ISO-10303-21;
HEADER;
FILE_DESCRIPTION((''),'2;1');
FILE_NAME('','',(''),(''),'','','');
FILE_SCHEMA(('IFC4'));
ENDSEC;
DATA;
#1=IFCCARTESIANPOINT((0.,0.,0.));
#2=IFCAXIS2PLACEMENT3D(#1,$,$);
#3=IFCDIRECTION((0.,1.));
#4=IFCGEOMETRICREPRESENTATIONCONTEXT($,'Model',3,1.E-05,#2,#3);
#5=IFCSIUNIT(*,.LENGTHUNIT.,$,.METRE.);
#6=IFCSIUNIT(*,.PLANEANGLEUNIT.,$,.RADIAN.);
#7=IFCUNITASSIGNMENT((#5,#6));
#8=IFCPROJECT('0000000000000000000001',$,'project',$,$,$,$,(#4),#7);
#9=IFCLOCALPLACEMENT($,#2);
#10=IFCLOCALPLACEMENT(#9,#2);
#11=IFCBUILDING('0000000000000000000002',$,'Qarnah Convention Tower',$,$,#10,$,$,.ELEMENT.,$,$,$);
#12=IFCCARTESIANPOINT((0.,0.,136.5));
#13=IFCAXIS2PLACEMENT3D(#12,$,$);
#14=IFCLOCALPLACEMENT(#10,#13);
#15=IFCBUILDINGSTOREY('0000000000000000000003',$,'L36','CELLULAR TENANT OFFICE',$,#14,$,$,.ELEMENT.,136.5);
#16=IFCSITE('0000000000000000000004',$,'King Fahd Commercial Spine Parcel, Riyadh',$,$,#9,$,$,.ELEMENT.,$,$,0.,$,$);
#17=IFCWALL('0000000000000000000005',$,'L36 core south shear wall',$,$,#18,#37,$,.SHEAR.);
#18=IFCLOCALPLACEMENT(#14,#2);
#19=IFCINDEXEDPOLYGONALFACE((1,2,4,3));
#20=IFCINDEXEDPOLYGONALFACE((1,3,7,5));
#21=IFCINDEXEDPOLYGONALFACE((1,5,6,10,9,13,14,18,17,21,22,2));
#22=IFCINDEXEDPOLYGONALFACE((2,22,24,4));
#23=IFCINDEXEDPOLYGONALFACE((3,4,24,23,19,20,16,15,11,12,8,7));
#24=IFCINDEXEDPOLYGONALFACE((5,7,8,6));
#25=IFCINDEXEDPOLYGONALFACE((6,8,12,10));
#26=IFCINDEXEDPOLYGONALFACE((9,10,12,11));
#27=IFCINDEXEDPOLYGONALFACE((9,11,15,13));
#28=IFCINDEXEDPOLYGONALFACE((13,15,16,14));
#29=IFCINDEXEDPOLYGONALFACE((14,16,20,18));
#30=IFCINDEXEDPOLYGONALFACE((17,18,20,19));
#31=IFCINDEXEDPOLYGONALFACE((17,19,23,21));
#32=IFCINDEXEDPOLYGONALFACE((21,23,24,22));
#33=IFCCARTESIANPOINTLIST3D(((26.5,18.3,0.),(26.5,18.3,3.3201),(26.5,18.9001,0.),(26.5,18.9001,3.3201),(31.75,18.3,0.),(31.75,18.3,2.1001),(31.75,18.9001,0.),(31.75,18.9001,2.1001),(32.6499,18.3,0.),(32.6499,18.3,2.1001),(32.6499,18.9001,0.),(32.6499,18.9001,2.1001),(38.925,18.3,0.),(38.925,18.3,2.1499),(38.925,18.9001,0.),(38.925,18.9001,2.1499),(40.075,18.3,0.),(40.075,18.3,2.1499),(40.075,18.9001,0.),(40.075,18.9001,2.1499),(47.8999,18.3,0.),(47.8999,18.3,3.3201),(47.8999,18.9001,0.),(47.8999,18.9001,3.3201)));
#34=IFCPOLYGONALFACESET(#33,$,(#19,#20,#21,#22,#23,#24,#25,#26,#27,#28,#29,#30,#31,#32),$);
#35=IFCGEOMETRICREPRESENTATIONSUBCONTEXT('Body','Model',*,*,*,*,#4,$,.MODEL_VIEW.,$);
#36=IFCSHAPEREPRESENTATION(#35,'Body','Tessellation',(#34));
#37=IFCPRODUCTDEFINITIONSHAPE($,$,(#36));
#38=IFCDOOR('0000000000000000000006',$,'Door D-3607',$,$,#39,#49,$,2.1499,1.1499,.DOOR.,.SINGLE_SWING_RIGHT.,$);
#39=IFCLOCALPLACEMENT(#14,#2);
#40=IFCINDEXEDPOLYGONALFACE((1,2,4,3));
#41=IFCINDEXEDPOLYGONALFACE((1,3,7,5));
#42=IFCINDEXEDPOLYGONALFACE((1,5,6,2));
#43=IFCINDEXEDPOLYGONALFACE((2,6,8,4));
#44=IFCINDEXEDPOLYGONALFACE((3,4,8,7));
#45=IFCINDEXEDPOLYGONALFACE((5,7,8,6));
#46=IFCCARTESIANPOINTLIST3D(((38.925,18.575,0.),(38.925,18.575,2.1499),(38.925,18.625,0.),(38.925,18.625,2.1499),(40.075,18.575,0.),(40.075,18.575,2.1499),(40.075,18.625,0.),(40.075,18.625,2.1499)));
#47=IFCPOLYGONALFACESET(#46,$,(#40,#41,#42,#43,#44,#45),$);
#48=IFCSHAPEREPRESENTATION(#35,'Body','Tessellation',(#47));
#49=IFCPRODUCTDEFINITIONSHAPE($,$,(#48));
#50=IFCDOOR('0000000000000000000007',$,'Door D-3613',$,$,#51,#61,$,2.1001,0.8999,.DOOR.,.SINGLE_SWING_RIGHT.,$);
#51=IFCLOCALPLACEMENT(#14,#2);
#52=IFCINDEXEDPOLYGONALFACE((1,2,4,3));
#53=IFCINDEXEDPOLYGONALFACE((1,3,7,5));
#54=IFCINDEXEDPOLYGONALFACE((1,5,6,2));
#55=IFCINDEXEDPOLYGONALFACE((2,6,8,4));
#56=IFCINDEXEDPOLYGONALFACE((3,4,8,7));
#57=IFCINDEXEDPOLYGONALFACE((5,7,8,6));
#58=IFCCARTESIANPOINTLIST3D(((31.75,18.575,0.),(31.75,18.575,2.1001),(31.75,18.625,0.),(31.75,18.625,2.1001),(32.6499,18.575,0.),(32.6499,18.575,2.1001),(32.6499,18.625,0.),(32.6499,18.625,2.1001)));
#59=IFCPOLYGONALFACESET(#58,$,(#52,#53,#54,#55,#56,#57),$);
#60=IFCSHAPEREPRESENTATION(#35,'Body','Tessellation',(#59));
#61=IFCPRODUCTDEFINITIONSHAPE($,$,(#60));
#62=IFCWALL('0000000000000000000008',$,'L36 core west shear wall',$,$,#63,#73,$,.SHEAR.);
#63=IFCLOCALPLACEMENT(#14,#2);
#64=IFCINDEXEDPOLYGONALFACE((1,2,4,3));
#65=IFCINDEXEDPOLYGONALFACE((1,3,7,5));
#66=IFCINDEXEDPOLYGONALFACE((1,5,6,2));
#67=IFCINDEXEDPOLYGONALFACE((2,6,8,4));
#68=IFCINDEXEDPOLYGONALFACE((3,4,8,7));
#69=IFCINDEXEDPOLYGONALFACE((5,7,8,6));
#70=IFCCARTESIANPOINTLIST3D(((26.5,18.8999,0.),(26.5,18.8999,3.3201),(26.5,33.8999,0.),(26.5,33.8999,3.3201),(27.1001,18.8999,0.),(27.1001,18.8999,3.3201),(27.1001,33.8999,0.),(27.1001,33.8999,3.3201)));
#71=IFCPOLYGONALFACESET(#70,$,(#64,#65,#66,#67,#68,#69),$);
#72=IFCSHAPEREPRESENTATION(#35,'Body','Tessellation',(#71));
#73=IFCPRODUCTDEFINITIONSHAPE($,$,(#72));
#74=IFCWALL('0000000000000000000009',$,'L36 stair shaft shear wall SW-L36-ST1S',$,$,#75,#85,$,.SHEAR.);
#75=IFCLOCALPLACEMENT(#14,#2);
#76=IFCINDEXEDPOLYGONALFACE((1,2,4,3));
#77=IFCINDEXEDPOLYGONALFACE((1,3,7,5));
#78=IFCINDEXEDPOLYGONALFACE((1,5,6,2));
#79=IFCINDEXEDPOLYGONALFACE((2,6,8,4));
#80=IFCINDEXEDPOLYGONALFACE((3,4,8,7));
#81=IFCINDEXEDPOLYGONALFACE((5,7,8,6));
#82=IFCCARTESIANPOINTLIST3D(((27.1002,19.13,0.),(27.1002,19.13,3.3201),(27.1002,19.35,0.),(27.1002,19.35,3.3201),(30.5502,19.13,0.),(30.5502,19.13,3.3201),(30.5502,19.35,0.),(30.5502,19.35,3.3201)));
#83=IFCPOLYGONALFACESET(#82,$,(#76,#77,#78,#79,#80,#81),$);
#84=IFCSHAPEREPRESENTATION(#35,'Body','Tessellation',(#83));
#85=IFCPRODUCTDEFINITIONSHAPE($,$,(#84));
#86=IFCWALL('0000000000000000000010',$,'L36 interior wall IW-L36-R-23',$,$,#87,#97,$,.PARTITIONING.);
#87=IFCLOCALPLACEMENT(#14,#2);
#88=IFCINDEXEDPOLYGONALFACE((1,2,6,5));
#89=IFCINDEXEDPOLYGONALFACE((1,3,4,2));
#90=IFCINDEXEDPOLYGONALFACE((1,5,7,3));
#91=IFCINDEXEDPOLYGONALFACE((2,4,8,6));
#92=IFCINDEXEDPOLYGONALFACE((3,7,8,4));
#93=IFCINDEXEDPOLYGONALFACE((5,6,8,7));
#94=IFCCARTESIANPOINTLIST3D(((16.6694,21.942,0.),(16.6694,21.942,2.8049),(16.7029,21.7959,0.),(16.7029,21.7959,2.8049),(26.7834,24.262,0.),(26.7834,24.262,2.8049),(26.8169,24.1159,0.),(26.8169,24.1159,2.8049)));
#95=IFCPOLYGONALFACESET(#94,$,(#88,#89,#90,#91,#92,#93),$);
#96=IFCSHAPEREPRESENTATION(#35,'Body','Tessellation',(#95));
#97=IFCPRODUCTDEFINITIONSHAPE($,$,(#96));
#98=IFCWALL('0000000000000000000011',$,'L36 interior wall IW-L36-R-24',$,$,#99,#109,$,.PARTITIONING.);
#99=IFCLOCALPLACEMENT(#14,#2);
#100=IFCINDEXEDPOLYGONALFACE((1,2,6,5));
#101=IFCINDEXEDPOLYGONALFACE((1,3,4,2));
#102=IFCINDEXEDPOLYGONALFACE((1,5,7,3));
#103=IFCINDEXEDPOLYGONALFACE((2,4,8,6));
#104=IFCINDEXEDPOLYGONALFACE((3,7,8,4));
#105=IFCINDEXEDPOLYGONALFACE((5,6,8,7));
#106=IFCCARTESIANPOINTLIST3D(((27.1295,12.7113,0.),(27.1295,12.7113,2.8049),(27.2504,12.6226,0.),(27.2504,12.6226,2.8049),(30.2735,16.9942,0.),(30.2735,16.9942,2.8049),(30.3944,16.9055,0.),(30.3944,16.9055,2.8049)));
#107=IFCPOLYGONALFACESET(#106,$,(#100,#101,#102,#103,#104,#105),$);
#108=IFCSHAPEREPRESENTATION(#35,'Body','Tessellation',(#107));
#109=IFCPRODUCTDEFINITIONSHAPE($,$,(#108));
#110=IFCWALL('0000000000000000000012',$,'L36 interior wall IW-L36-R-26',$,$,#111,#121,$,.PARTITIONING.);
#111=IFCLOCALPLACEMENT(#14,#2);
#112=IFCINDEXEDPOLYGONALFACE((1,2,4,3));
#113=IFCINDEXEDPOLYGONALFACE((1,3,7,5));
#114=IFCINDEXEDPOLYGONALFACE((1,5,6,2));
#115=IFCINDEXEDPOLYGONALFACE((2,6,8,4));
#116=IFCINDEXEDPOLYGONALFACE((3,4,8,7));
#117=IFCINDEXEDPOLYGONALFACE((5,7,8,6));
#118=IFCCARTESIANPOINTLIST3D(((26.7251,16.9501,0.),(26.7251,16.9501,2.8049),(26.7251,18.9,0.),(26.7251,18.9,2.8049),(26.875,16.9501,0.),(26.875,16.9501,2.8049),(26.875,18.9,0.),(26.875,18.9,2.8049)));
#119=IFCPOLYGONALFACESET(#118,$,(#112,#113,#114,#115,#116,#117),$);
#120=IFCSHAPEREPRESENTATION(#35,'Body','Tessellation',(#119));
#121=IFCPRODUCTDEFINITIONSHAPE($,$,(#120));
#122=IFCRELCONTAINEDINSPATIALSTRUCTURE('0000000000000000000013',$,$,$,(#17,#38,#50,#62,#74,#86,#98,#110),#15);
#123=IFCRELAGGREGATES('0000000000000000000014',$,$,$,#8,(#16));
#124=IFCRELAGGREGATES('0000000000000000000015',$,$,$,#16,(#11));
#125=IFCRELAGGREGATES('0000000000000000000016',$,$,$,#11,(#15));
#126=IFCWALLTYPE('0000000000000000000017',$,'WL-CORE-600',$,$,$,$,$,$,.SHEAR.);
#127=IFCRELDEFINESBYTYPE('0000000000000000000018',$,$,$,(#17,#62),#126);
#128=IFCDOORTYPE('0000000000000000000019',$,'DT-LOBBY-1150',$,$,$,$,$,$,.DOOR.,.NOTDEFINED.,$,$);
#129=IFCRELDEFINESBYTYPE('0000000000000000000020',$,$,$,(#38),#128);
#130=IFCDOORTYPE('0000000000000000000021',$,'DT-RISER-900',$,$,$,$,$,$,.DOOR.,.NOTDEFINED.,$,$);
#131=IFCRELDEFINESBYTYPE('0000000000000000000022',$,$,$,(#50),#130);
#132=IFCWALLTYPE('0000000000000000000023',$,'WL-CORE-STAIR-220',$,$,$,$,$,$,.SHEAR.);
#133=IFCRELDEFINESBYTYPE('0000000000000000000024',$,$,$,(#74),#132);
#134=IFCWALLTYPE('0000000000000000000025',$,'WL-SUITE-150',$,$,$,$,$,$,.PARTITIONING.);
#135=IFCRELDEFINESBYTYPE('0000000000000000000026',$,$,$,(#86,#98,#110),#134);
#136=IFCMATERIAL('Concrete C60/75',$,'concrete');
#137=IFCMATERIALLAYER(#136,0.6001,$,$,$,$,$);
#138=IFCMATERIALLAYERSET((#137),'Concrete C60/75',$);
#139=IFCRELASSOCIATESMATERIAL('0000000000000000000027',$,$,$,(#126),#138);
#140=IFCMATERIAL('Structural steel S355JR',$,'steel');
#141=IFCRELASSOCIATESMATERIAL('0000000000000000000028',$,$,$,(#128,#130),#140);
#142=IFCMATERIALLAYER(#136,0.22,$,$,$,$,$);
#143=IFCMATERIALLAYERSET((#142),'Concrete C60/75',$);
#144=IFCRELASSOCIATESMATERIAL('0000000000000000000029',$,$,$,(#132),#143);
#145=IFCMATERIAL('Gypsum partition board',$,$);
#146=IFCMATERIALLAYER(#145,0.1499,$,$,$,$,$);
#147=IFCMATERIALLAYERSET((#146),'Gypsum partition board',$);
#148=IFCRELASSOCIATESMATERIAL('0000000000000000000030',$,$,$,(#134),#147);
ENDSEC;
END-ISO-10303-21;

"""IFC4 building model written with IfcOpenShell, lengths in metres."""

from ifc_helpers import new_model, si_unit, direction, frame, frame_2d, origin, place, context, subcontext, project, spatial, rectangle, extrude, material, layer, layer_set, type_object, element, fill, save


model = new_model("IFC4")

# Units and contexts
model_context = context("Model", 3, precision=1e-05, world=origin(), true_north=direction((0.0, 1.0)))
body_context = subcontext(model_context, "Body", "Model", "MODEL_VIEW")
ifc_project = project(units=[si_unit("LENGTHUNIT", "METRE"), si_unit("PLANEANGLEUNIT", "RADIAN")], contexts=[model_context])

# Site, building, storey
site_placement = place(None, origin())
site = spatial("IfcSite", under=ifc_project, at=site_placement, Name="King Fahd Commercial Spine Parcel, Riyadh", CompositionType="ELEMENT", RefElevation=0.0)
building_placement = place(site_placement, origin())
building = spatial("IfcBuilding", under=site, at=building_placement, Name="Qarnah Convention Tower", CompositionType="ELEMENT")
storey_placement = place(building_placement, frame((0.0, 0.0, 136.5)))
storey = spatial("IfcBuildingStorey", under=building, at=storey_placement, Name="L36", Description="CELLULAR TENANT OFFICE", CompositionType="ELEMENT", Elevation=136.5)

# Shared definitions
ifc_material_1 = material(Name="Concrete C60/75", Category="concrete")

# Shared definitions
ifc_material_2 = material(Name="Structural steel S355JR", Category="steel")

# Wall, openings, doors
ifc_layer_1 = layer(ifc_material_1, 0.6001)
ifc_layer_set_1 = layer_set([ifc_layer_1], Name="Concrete C60/75")
wall_type_1 = type_object("IfcWallType", Name="WL-CORE-600", PredefinedType="SHEAR", material=ifc_layer_set_1)
wall_1_placement = place(storey_placement, frame((26.5, 18.6001, 0.0), z_axis=(0.0, 0.0, 1.0), x_axis=(1.0, 0.0, 0.0)))
wall_1 = element("IfcWall", 1, at=wall_1_placement, inside=storey, type_object=wall_type_1, Name="L36 core south shear wall", PredefinedType="SHEAR", context=body_context, shape_type="SweptSolid", body=[
    extrude(rectangle(XDim=21.3999, YDim=0.6001, at=frame_2d((10.7, 0.0))), origin(), (0.0, 0.0, 1.0), 3.3201),
])
opening_1_placement = place(wall_1_placement, frame((12.425, 0.0, 0.0)))
opening_1 = element("IfcOpeningElement", 2, at=opening_1_placement, cuts=wall_1, PredefinedType="OPENING", context=body_context, shape_type="SweptSolid", body=[
    extrude(rectangle(XDim=1.1499, YDim=2.1499, at=frame_2d((0.575, 1.075))), frame((0.0, 0.3101, 0.0), z_axis=(0.0, -1.0, 0.0), x_axis=(1.0, 0.0, 0.0)), (0.0, 0.0, 1.0), 0.6201),
])
opening_2_placement = place(wall_1_placement, frame((5.25, 0.0, 0.0)))
opening_2 = element("IfcOpeningElement", 3, at=opening_2_placement, cuts=wall_1, PredefinedType="OPENING", context=body_context, shape_type="SweptSolid", body=[
    extrude(rectangle(XDim=0.8999, YDim=2.1001, at=frame_2d((0.45, 1.05))), frame((0.0, 0.3101, 0.0), z_axis=(0.0, -1.0, 0.0), x_axis=(1.0, 0.0, 0.0)), (0.0, 0.0, 1.0), 0.6201),
])
door_type_1 = type_object("IfcDoorType", Name="DT-LOBBY-1150", OperationType="NOTDEFINED", PredefinedType="DOOR", material=ifc_material_2)
door_1_placement = place(opening_1_placement, origin())
door_1 = element("IfcDoor", 4, at=door_1_placement, inside=storey, type_object=door_type_1, Name="Door D-3607", OperationType="SINGLE_SWING_RIGHT", OverallHeight=2.1499, OverallWidth=1.1499, PredefinedType="DOOR", context=body_context, shape_type="SweptSolid", body=[
    extrude(rectangle(XDim=1.1499, YDim=2.1499, at=frame_2d((0.575, 1.075))), frame((0.0, 0.0249, 0.0), z_axis=(0.0, -1.0, 0.0), x_axis=(1.0, 0.0, 0.0)), (0.0, 0.0, 1.0), 0.05),
])
fill(opening_1, door_1)
door_type_2 = type_object("IfcDoorType", Name="DT-RISER-900", OperationType="NOTDEFINED", PredefinedType="DOOR", material=ifc_material_2)
door_2_placement = place(opening_2_placement, origin())
door_2 = element("IfcDoor", 5, at=door_2_placement, inside=storey, type_object=door_type_2, Name="Door D-3613", OperationType="SINGLE_SWING_RIGHT", OverallHeight=2.1001, OverallWidth=0.8999, PredefinedType="DOOR", context=body_context, shape_type="SweptSolid", body=[
    extrude(rectangle(XDim=0.8999, YDim=2.1001, at=frame_2d((0.45, 1.05))), frame((0.0, 0.0249, 0.0), z_axis=(0.0, -1.0, 0.0), x_axis=(1.0, 0.0, 0.0)), (0.0, 0.0, 1.0), 0.05),
])
fill(opening_2, door_2)

# Walls
wall_2_placement = place(storey_placement, frame((26.8, 18.8999, 0.0), z_axis=(0.0, 0.0, 1.0), x_axis=(0.0, 1.0, 0.0)))
element("IfcWall", 6, at=wall_2_placement, inside=storey, type_object=wall_type_1, Name="L36 core west shear wall", PredefinedType="SHEAR", context=body_context, shape_type="SweptSolid", body=[
    extrude(rectangle(XDim=15.0, YDim=0.6001, at=frame_2d((7.5, 0.0))), origin(), (0.0, 0.0, 1.0), 3.3201),
])
ifc_layer_2 = layer(ifc_material_1, 0.22)
ifc_layer_set_2 = layer_set([ifc_layer_2], Name="Concrete C60/75")
wall_type_2 = type_object("IfcWallType", Name="WL-CORE-STAIR-220", PredefinedType="SHEAR", material=ifc_layer_set_2)
wall_3_placement = place(storey_placement, frame((27.1001, 19.24, 0.0), z_axis=(0.0, 0.0, 1.0), x_axis=(1.0, 0.0, 0.0)))
element("IfcWall", 7, at=wall_3_placement, inside=storey, type_object=wall_type_2, Name="L36 stair shaft shear wall SW-L36-ST1S", PredefinedType="SHEAR", context=body_context, shape_type="SweptSolid", body=[
    extrude(rectangle(XDim=3.45, YDim=0.22, at=frame_2d((1.7251, 0.0))), origin(), (0.0, 0.0, 1.0), 3.3201),
])
ifc_material_3 = material(Name="Gypsum partition board")
ifc_layer_3 = layer(ifc_material_3, 0.1499)
ifc_layer_set_3 = layer_set([ifc_layer_3], Name="Gypsum partition board")
wall_type_3 = type_object("IfcWallType", Name="WL-SUITE-150", PredefinedType="PARTITIONING", material=ifc_layer_set_3)
wall_4_placement = place(storey_placement, frame((16.686, 21.8689, 0.0), z_axis=(0.0, 0.0, 1.0), x_axis=(0.974685, 0.223584, 0.0)))
element("IfcWall", 8, at=wall_4_placement, inside=storey, type_object=wall_type_3, Name="L36 interior wall IW-L36-R-23", PredefinedType="PARTITIONING", context=body_context, shape_type="SweptSolid", body=[
    extrude(rectangle(XDim=10.3767, YDim=0.1499, at=frame_2d((5.1885, 0.0))), origin(), (0.0, 0.0, 1.0), 2.8049),
])
wall_5_placement = place(storey_placement, frame((27.1899, 12.667, 0.0), z_axis=(0.0, 0.0, 1.0), x_axis=(0.591756, 0.806117, 0.0)))
element("IfcWall", 9, at=wall_5_placement, inside=storey, type_object=wall_type_3, Name="L36 interior wall IW-L36-R-24", PredefinedType="PARTITIONING", context=body_context, shape_type="SweptSolid", body=[
    extrude(rectangle(XDim=5.313, YDim=0.1499, at=frame_2d((2.6565, 0.0))), origin(), (0.0, 0.0, 1.0), 2.8049),
])
wall_6_placement = place(storey_placement, frame((26.8, 16.95, 0.0), z_axis=(0.0, 0.0, 1.0), x_axis=(0.0, 1.0, 0.0)))
element("IfcWall", 10, at=wall_6_placement, inside=storey, type_object=wall_type_3, Name="L36 interior wall IW-L36-R-26", PredefinedType="PARTITIONING", context=body_context, shape_type="SweptSolid", body=[
    extrude(rectangle(XDim=1.95, YDim=0.1499, at=frame_2d((0.9751, 0.0))), origin(), (0.0, 0.0, 1.0), 2.8049),
])

save(model, "model.ifc")
